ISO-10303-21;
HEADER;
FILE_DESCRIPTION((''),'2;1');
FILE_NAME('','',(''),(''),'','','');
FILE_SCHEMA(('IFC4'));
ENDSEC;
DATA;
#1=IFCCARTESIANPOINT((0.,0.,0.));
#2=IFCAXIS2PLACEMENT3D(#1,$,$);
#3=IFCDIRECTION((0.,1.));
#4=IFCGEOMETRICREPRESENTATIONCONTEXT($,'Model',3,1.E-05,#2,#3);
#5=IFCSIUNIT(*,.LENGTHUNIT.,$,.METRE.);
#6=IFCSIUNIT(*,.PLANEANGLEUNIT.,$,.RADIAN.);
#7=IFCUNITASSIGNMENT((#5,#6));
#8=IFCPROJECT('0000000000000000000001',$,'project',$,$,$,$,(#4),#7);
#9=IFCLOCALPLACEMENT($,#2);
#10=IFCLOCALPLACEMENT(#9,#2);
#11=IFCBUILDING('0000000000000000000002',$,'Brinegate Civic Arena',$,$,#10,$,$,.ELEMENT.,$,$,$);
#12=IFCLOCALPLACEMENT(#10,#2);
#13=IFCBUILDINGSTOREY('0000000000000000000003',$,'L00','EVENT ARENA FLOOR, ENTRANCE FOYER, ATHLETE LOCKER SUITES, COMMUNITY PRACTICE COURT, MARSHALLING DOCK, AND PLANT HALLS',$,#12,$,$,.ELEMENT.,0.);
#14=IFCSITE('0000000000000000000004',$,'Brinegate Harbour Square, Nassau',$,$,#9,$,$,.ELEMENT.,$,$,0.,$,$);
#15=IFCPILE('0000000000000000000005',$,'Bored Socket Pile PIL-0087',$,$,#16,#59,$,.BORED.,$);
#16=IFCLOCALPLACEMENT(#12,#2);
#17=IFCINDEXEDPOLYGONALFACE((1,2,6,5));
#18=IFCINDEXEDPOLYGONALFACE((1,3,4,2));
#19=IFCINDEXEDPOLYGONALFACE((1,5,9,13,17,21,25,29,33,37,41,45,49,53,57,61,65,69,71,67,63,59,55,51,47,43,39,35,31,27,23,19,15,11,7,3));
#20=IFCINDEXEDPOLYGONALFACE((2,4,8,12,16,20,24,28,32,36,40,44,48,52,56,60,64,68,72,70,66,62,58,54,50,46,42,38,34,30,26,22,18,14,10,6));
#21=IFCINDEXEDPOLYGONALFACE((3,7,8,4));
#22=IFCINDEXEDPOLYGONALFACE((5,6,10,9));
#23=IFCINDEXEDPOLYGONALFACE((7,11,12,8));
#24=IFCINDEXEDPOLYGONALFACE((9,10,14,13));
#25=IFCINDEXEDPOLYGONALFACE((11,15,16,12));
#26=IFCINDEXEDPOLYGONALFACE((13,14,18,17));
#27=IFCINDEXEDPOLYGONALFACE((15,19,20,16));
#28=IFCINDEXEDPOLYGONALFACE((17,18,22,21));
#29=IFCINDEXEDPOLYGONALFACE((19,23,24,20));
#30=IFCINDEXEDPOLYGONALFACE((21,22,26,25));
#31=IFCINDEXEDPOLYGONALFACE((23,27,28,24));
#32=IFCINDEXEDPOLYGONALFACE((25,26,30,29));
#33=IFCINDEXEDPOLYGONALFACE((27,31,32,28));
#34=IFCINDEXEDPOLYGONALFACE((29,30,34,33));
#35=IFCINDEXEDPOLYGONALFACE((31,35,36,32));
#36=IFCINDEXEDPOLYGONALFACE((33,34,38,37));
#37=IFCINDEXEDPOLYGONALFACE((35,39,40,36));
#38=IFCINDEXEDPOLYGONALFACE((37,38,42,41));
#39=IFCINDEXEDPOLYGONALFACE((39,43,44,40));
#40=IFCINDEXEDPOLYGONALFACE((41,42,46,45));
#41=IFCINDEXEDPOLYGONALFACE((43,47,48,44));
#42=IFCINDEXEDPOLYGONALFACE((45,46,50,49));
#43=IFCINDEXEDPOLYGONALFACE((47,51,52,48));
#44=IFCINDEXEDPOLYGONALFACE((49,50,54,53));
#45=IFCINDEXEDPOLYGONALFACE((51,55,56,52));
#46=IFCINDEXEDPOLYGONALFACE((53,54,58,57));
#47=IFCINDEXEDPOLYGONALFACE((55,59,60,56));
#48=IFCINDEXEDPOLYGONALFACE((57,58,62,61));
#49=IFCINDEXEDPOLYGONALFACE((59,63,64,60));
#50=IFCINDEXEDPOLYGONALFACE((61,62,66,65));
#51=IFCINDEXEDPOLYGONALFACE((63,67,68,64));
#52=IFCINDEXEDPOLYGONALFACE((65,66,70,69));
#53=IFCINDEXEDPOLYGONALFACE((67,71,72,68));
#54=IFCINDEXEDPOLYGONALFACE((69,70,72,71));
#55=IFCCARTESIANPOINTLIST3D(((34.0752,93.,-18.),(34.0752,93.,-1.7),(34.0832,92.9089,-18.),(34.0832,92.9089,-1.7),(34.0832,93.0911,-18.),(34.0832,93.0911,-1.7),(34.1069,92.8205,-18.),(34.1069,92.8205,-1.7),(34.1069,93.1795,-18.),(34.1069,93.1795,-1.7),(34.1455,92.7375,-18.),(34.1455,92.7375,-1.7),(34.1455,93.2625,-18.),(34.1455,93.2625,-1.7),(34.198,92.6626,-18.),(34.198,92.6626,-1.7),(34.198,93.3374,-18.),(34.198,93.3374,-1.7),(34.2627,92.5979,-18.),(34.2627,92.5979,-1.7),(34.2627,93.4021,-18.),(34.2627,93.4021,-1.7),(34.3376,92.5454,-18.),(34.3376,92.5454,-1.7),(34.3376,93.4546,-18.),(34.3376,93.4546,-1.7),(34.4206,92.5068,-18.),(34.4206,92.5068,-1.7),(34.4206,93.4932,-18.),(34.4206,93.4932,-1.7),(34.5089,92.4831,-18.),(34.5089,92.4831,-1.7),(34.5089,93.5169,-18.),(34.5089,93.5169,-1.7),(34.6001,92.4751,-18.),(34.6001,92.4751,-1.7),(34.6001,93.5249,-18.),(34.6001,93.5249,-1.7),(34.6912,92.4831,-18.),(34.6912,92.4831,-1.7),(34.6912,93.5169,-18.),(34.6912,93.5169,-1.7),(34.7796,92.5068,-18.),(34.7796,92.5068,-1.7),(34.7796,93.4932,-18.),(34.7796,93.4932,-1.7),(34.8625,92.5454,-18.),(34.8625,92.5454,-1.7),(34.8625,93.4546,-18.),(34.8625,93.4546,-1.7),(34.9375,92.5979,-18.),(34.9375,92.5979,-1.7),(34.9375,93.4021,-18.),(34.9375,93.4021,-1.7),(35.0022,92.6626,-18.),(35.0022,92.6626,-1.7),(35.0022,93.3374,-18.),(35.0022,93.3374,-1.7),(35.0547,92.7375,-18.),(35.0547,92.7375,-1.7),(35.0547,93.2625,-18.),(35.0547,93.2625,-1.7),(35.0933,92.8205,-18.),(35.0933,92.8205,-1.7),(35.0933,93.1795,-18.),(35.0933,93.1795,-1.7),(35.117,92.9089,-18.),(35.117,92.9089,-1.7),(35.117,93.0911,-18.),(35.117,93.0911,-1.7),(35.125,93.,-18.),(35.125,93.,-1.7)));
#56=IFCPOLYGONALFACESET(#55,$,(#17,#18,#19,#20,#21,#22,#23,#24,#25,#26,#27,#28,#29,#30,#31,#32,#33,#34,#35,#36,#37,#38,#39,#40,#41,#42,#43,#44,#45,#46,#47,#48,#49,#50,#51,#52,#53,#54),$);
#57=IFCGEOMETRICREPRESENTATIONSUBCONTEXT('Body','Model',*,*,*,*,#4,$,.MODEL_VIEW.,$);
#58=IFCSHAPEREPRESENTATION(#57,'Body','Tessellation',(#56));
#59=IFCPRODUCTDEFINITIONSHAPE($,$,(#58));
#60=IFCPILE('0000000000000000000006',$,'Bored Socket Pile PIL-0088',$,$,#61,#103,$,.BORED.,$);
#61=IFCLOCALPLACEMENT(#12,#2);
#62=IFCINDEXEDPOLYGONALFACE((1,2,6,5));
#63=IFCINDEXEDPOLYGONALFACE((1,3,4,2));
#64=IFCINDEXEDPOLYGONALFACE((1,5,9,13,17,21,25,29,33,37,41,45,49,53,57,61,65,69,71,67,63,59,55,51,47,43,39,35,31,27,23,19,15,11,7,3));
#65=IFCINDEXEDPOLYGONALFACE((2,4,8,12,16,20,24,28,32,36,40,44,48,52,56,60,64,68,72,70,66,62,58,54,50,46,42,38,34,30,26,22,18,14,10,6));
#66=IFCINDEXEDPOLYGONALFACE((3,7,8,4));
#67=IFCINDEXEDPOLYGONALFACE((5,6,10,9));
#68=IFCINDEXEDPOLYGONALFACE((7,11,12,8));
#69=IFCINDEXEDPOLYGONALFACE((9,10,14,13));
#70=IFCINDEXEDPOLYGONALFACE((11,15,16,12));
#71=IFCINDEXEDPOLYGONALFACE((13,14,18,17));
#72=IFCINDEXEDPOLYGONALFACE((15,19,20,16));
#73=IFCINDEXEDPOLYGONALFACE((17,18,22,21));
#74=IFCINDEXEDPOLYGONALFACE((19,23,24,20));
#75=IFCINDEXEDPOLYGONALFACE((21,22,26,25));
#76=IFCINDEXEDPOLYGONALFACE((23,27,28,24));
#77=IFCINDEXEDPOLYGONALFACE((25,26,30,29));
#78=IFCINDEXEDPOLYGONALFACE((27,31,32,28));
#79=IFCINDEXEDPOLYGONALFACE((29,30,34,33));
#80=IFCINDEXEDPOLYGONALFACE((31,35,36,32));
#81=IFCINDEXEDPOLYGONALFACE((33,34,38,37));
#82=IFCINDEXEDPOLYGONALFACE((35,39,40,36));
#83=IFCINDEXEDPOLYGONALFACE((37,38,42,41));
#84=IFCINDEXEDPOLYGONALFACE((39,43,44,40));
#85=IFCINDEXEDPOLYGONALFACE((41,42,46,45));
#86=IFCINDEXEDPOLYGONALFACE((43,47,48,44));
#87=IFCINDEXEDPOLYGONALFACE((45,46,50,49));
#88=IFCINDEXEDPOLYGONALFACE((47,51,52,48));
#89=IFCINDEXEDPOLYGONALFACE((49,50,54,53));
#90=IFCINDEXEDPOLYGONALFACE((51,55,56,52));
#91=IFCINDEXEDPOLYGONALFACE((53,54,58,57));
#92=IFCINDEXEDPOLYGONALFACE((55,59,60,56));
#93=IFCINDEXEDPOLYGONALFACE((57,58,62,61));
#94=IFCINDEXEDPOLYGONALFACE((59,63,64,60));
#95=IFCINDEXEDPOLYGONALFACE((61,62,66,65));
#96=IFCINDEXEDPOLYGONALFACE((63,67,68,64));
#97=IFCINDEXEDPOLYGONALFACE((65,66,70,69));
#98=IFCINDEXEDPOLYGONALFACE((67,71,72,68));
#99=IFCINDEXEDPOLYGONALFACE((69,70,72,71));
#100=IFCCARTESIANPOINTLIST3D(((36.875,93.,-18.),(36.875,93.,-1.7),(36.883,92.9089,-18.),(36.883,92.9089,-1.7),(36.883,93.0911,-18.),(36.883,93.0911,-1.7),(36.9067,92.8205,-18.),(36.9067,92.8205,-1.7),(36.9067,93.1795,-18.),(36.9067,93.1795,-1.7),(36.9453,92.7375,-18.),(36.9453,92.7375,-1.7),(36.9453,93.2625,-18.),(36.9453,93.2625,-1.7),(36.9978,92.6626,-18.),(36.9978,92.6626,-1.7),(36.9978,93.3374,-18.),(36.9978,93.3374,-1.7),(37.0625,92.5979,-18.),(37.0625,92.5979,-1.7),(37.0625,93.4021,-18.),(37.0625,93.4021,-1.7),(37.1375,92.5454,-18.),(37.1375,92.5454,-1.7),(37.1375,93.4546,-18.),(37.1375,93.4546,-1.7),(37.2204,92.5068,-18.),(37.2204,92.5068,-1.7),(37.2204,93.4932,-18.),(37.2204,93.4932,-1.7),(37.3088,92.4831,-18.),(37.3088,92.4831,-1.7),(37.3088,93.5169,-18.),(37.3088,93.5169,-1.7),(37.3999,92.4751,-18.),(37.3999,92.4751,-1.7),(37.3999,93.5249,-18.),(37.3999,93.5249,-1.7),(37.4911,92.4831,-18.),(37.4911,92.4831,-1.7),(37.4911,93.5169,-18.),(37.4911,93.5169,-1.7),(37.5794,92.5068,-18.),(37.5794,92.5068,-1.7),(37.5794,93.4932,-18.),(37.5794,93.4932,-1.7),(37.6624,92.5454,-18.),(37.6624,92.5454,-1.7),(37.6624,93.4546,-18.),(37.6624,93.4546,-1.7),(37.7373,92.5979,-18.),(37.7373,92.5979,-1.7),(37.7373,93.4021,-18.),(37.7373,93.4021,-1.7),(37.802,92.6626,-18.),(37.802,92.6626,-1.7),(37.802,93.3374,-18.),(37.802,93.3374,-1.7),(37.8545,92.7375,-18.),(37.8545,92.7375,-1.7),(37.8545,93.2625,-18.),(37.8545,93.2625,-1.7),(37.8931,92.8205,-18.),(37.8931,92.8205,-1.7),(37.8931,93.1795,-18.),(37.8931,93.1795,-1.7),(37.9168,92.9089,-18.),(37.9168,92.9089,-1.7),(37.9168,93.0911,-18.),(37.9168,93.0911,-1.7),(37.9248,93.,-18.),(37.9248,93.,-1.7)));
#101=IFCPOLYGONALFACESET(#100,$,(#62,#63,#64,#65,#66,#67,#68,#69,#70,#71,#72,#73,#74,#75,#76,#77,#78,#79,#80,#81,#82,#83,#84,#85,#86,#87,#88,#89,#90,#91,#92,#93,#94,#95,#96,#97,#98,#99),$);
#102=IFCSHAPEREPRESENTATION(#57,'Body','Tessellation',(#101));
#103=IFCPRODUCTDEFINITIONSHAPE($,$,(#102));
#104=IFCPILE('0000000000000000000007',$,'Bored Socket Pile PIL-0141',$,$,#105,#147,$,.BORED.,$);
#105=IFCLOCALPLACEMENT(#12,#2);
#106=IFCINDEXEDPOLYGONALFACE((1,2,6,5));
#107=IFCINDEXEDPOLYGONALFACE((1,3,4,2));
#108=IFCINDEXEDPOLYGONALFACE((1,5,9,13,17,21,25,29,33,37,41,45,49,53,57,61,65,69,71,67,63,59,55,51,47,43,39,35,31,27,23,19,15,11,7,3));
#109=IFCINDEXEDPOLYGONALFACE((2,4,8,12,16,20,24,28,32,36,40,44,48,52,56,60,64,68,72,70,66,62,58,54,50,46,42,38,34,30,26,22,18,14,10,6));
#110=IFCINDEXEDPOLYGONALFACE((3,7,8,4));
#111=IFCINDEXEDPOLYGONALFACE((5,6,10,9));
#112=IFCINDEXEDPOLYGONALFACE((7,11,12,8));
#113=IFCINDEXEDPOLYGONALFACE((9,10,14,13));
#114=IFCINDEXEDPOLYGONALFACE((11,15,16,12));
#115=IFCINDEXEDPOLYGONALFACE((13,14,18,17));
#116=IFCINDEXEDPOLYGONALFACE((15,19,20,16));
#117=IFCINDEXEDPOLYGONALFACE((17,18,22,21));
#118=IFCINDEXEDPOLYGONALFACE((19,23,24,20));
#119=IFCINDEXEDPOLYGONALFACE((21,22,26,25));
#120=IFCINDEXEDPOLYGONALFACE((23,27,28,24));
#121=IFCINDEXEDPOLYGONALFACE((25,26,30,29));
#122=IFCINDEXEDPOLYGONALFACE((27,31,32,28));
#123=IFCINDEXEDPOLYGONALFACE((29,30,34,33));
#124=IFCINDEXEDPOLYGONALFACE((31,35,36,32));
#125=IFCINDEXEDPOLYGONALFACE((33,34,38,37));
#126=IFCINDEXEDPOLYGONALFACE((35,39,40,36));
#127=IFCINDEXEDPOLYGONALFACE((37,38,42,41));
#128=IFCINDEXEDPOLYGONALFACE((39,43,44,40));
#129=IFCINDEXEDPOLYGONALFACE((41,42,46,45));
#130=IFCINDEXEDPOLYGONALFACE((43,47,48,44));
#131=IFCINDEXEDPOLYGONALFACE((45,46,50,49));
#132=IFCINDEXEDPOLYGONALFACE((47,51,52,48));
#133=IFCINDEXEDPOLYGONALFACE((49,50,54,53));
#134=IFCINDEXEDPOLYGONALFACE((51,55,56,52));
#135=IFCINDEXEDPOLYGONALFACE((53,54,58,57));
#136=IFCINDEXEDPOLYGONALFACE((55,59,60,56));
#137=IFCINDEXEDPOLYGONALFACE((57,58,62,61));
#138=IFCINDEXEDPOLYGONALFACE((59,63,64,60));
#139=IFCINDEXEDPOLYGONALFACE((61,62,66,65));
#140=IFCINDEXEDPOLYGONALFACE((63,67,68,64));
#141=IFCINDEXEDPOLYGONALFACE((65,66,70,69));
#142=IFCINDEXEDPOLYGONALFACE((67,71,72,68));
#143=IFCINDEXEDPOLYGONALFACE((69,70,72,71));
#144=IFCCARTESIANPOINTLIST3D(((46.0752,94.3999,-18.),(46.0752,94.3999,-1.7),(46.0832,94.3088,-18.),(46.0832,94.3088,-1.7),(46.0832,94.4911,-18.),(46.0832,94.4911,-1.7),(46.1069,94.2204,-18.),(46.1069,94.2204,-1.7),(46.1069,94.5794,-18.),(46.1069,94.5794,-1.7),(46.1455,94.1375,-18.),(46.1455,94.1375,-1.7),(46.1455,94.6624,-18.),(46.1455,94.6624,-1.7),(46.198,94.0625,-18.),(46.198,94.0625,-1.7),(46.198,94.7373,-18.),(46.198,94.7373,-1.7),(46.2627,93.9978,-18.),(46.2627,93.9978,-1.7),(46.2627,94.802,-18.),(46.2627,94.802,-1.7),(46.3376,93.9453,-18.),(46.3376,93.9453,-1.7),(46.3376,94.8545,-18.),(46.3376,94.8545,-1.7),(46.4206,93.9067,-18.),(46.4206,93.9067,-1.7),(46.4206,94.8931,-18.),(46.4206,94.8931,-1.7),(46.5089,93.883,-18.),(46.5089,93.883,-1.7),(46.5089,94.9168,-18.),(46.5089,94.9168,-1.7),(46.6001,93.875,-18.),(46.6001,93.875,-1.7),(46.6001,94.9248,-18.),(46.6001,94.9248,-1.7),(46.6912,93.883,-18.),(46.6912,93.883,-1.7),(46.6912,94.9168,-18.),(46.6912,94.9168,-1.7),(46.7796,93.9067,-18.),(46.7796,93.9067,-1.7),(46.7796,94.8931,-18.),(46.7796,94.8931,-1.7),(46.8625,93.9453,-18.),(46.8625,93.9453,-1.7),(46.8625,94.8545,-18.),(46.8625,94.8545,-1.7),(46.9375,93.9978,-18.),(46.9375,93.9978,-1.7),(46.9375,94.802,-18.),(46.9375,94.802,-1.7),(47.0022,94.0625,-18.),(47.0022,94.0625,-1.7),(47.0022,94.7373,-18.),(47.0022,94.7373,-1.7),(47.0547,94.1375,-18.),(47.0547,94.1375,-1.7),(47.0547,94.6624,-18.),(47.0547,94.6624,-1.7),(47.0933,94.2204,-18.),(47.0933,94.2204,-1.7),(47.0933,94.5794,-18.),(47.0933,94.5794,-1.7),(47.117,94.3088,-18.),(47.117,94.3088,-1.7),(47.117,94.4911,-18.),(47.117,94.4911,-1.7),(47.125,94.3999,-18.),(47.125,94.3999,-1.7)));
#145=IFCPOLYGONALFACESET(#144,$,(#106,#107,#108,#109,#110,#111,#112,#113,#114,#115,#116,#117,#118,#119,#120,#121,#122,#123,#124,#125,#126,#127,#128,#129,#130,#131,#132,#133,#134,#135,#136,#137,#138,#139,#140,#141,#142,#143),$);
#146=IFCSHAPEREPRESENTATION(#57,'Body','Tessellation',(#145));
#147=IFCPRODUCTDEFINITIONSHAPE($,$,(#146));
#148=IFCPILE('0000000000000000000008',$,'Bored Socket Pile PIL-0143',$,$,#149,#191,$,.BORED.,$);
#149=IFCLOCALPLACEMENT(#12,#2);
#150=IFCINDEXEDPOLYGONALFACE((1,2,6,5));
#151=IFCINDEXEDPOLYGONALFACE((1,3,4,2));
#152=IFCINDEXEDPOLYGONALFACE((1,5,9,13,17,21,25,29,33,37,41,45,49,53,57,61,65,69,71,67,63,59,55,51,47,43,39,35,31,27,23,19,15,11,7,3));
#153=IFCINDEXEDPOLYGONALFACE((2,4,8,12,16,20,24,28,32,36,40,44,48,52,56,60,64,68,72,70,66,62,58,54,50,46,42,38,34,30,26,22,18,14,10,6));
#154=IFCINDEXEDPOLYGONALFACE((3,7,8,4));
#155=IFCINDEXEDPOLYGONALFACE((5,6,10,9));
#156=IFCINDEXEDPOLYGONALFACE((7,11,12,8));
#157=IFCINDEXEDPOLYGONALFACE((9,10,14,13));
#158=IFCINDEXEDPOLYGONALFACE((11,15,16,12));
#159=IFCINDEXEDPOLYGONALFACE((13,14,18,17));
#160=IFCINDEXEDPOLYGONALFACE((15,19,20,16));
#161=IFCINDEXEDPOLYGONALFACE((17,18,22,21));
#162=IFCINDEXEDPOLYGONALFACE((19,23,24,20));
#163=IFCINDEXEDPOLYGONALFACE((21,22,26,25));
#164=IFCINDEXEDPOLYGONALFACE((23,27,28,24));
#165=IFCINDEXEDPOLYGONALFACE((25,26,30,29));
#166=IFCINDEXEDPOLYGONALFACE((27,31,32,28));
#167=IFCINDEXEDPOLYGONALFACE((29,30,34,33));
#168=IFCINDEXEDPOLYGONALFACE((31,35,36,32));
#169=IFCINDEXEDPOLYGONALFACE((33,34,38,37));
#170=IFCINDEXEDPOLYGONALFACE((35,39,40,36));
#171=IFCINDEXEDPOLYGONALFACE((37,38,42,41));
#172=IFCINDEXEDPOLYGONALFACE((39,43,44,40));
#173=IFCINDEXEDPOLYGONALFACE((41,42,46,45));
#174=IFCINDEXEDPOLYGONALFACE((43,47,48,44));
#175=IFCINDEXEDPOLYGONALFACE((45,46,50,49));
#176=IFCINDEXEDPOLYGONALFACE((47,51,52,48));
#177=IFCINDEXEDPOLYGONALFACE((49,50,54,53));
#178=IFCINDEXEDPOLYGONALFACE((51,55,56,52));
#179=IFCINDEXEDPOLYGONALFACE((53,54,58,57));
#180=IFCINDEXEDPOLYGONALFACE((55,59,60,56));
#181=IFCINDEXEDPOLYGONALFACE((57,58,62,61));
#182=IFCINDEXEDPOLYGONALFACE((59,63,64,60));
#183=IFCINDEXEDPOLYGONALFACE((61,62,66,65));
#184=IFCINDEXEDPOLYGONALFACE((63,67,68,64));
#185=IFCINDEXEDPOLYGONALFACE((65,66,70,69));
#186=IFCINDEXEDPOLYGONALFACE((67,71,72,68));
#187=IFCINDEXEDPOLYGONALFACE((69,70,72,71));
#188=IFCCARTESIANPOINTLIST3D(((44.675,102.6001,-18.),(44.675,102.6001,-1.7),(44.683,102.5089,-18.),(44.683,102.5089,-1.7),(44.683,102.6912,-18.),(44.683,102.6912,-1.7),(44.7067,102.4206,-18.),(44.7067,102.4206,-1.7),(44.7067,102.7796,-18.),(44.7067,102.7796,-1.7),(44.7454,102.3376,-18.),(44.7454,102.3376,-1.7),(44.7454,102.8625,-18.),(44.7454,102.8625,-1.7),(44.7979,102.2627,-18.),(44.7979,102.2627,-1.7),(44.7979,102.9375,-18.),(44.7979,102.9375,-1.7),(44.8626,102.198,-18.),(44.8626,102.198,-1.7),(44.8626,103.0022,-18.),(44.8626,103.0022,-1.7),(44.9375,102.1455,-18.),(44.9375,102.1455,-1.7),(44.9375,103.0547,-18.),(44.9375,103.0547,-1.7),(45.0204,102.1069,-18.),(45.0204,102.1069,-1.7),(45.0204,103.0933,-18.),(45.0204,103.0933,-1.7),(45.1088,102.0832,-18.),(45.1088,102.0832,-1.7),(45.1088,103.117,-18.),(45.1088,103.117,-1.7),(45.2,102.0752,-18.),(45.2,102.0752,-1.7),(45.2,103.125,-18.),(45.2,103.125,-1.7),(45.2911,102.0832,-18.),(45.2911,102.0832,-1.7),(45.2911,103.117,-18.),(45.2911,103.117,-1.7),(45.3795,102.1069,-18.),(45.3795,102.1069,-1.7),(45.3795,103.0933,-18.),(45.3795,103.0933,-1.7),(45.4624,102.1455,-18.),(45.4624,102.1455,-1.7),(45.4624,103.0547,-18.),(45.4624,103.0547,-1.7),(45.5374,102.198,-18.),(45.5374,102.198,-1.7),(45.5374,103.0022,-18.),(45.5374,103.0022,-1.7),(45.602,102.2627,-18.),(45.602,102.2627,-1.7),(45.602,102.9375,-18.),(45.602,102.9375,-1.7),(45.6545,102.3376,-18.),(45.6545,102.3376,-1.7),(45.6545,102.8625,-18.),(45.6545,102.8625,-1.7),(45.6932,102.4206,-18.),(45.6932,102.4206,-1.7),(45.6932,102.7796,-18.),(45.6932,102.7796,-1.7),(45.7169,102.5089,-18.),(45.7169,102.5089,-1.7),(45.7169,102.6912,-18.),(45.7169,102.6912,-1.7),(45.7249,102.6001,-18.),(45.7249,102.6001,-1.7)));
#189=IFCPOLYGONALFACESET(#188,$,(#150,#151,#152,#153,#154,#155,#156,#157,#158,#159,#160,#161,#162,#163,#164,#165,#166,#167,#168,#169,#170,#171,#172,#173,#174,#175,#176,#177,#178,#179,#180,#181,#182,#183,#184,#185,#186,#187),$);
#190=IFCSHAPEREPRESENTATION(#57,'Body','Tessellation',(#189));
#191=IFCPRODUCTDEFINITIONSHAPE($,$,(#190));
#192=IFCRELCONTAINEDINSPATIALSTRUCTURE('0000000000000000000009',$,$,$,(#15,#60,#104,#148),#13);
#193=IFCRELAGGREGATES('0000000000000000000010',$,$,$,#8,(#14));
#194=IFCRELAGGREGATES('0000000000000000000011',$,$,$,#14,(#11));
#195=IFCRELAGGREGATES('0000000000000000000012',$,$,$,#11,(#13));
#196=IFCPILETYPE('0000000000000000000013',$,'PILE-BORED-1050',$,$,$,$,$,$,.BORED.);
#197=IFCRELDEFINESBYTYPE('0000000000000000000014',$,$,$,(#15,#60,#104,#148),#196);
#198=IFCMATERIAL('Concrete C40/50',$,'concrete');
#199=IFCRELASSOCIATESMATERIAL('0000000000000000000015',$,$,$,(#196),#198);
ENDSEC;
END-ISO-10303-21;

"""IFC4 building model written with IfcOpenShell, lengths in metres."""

from ifc_helpers import new_model, si_unit, direction, frame, origin, origin_2d, place, context, subcontext, project, spatial, circle, extrude, material, material_profile, profile_set, type_object, element, save


model = new_model("IFC4")

# Units and contexts
model_context = context("Model", 3, precision=1e-05, world=origin(), true_north=direction((0.0, 1.0)))
body_context = subcontext(model_context, "Body", "Model", "MODEL_VIEW")
ifc_project = project(units=[si_unit("LENGTHUNIT", "METRE"), si_unit("PLANEANGLEUNIT", "RADIAN")], contexts=[model_context])

# Site, building, storey
site_placement = place(None, origin())
site = spatial("IfcSite", under=ifc_project, at=site_placement, Name="Brinegate Harbour Square, Nassau", CompositionType="ELEMENT", RefElevation=0.0)
building_placement = place(site_placement, origin())
building = spatial("IfcBuilding", under=site, at=building_placement, Name="Brinegate Civic Arena", CompositionType="ELEMENT")
storey_placement = place(building_placement, origin())
storey = spatial("IfcBuildingStorey", under=building, at=storey_placement, Name="L00", Description="EVENT ARENA FLOOR, ENTRANCE FOYER, ATHLETE LOCKER SUITES, COMMUNITY PRACTICE COURT, MARSHALLING DOCK, AND PLANT HALLS", CompositionType="ELEMENT", Elevation=0.0)

# Shared definitions
ifc_material_1 = material(Name="Concrete C40/50", Category="concrete")

# Piles
ifc_material_profile_1 = material_profile(ifc_material_1, circle(Radius=0.5249, at=origin_2d()), Name="PILED1050")
ifc_profile_set_1 = profile_set([ifc_material_profile_1], Name="Concrete C40/50")
pile_type_1 = type_object("IfcPileType", Name="PILE-BORED-1050", PredefinedType="BORED", material=ifc_profile_set_1)
for number, where, z_axis, x_axis, name in (
    (1, (34.6001, 93.0, -1.7), (0.0, 0.0, -1.0), (1.0, 0.0, 0.0), "Bored Socket Pile PIL-0087"),
    (2, (37.3999, 93.0, -1.7), (0.0, 0.0, -1.0), (1.0, 0.0, 0.0), "Bored Socket Pile PIL-0088"),
    (3, (46.6001, 94.3999, -1.7), (0.0, 0.0, -1.0), (1.0, 0.0, 0.0), "Bored Socket Pile PIL-0141"),
    (4, (45.2, 102.6001, -1.7), (0.0, 0.0, -1.0), (1.0, 0.0, 0.0), "Bored Socket Pile PIL-0143"),
):
    element("IfcPile", number, at=place(storey_placement, frame(where, z_axis=z_axis, x_axis=x_axis)), inside=storey, type_object=pile_type_1, Name=name, PredefinedType="BORED", context=body_context, shape_type="SweptSolid", body=[
        extrude(circle(Radius=0.5249, at=origin_2d()), origin(), (0.0, 0.0, 1.0), 16.3),
    ])

save(model, "model.ifc")
